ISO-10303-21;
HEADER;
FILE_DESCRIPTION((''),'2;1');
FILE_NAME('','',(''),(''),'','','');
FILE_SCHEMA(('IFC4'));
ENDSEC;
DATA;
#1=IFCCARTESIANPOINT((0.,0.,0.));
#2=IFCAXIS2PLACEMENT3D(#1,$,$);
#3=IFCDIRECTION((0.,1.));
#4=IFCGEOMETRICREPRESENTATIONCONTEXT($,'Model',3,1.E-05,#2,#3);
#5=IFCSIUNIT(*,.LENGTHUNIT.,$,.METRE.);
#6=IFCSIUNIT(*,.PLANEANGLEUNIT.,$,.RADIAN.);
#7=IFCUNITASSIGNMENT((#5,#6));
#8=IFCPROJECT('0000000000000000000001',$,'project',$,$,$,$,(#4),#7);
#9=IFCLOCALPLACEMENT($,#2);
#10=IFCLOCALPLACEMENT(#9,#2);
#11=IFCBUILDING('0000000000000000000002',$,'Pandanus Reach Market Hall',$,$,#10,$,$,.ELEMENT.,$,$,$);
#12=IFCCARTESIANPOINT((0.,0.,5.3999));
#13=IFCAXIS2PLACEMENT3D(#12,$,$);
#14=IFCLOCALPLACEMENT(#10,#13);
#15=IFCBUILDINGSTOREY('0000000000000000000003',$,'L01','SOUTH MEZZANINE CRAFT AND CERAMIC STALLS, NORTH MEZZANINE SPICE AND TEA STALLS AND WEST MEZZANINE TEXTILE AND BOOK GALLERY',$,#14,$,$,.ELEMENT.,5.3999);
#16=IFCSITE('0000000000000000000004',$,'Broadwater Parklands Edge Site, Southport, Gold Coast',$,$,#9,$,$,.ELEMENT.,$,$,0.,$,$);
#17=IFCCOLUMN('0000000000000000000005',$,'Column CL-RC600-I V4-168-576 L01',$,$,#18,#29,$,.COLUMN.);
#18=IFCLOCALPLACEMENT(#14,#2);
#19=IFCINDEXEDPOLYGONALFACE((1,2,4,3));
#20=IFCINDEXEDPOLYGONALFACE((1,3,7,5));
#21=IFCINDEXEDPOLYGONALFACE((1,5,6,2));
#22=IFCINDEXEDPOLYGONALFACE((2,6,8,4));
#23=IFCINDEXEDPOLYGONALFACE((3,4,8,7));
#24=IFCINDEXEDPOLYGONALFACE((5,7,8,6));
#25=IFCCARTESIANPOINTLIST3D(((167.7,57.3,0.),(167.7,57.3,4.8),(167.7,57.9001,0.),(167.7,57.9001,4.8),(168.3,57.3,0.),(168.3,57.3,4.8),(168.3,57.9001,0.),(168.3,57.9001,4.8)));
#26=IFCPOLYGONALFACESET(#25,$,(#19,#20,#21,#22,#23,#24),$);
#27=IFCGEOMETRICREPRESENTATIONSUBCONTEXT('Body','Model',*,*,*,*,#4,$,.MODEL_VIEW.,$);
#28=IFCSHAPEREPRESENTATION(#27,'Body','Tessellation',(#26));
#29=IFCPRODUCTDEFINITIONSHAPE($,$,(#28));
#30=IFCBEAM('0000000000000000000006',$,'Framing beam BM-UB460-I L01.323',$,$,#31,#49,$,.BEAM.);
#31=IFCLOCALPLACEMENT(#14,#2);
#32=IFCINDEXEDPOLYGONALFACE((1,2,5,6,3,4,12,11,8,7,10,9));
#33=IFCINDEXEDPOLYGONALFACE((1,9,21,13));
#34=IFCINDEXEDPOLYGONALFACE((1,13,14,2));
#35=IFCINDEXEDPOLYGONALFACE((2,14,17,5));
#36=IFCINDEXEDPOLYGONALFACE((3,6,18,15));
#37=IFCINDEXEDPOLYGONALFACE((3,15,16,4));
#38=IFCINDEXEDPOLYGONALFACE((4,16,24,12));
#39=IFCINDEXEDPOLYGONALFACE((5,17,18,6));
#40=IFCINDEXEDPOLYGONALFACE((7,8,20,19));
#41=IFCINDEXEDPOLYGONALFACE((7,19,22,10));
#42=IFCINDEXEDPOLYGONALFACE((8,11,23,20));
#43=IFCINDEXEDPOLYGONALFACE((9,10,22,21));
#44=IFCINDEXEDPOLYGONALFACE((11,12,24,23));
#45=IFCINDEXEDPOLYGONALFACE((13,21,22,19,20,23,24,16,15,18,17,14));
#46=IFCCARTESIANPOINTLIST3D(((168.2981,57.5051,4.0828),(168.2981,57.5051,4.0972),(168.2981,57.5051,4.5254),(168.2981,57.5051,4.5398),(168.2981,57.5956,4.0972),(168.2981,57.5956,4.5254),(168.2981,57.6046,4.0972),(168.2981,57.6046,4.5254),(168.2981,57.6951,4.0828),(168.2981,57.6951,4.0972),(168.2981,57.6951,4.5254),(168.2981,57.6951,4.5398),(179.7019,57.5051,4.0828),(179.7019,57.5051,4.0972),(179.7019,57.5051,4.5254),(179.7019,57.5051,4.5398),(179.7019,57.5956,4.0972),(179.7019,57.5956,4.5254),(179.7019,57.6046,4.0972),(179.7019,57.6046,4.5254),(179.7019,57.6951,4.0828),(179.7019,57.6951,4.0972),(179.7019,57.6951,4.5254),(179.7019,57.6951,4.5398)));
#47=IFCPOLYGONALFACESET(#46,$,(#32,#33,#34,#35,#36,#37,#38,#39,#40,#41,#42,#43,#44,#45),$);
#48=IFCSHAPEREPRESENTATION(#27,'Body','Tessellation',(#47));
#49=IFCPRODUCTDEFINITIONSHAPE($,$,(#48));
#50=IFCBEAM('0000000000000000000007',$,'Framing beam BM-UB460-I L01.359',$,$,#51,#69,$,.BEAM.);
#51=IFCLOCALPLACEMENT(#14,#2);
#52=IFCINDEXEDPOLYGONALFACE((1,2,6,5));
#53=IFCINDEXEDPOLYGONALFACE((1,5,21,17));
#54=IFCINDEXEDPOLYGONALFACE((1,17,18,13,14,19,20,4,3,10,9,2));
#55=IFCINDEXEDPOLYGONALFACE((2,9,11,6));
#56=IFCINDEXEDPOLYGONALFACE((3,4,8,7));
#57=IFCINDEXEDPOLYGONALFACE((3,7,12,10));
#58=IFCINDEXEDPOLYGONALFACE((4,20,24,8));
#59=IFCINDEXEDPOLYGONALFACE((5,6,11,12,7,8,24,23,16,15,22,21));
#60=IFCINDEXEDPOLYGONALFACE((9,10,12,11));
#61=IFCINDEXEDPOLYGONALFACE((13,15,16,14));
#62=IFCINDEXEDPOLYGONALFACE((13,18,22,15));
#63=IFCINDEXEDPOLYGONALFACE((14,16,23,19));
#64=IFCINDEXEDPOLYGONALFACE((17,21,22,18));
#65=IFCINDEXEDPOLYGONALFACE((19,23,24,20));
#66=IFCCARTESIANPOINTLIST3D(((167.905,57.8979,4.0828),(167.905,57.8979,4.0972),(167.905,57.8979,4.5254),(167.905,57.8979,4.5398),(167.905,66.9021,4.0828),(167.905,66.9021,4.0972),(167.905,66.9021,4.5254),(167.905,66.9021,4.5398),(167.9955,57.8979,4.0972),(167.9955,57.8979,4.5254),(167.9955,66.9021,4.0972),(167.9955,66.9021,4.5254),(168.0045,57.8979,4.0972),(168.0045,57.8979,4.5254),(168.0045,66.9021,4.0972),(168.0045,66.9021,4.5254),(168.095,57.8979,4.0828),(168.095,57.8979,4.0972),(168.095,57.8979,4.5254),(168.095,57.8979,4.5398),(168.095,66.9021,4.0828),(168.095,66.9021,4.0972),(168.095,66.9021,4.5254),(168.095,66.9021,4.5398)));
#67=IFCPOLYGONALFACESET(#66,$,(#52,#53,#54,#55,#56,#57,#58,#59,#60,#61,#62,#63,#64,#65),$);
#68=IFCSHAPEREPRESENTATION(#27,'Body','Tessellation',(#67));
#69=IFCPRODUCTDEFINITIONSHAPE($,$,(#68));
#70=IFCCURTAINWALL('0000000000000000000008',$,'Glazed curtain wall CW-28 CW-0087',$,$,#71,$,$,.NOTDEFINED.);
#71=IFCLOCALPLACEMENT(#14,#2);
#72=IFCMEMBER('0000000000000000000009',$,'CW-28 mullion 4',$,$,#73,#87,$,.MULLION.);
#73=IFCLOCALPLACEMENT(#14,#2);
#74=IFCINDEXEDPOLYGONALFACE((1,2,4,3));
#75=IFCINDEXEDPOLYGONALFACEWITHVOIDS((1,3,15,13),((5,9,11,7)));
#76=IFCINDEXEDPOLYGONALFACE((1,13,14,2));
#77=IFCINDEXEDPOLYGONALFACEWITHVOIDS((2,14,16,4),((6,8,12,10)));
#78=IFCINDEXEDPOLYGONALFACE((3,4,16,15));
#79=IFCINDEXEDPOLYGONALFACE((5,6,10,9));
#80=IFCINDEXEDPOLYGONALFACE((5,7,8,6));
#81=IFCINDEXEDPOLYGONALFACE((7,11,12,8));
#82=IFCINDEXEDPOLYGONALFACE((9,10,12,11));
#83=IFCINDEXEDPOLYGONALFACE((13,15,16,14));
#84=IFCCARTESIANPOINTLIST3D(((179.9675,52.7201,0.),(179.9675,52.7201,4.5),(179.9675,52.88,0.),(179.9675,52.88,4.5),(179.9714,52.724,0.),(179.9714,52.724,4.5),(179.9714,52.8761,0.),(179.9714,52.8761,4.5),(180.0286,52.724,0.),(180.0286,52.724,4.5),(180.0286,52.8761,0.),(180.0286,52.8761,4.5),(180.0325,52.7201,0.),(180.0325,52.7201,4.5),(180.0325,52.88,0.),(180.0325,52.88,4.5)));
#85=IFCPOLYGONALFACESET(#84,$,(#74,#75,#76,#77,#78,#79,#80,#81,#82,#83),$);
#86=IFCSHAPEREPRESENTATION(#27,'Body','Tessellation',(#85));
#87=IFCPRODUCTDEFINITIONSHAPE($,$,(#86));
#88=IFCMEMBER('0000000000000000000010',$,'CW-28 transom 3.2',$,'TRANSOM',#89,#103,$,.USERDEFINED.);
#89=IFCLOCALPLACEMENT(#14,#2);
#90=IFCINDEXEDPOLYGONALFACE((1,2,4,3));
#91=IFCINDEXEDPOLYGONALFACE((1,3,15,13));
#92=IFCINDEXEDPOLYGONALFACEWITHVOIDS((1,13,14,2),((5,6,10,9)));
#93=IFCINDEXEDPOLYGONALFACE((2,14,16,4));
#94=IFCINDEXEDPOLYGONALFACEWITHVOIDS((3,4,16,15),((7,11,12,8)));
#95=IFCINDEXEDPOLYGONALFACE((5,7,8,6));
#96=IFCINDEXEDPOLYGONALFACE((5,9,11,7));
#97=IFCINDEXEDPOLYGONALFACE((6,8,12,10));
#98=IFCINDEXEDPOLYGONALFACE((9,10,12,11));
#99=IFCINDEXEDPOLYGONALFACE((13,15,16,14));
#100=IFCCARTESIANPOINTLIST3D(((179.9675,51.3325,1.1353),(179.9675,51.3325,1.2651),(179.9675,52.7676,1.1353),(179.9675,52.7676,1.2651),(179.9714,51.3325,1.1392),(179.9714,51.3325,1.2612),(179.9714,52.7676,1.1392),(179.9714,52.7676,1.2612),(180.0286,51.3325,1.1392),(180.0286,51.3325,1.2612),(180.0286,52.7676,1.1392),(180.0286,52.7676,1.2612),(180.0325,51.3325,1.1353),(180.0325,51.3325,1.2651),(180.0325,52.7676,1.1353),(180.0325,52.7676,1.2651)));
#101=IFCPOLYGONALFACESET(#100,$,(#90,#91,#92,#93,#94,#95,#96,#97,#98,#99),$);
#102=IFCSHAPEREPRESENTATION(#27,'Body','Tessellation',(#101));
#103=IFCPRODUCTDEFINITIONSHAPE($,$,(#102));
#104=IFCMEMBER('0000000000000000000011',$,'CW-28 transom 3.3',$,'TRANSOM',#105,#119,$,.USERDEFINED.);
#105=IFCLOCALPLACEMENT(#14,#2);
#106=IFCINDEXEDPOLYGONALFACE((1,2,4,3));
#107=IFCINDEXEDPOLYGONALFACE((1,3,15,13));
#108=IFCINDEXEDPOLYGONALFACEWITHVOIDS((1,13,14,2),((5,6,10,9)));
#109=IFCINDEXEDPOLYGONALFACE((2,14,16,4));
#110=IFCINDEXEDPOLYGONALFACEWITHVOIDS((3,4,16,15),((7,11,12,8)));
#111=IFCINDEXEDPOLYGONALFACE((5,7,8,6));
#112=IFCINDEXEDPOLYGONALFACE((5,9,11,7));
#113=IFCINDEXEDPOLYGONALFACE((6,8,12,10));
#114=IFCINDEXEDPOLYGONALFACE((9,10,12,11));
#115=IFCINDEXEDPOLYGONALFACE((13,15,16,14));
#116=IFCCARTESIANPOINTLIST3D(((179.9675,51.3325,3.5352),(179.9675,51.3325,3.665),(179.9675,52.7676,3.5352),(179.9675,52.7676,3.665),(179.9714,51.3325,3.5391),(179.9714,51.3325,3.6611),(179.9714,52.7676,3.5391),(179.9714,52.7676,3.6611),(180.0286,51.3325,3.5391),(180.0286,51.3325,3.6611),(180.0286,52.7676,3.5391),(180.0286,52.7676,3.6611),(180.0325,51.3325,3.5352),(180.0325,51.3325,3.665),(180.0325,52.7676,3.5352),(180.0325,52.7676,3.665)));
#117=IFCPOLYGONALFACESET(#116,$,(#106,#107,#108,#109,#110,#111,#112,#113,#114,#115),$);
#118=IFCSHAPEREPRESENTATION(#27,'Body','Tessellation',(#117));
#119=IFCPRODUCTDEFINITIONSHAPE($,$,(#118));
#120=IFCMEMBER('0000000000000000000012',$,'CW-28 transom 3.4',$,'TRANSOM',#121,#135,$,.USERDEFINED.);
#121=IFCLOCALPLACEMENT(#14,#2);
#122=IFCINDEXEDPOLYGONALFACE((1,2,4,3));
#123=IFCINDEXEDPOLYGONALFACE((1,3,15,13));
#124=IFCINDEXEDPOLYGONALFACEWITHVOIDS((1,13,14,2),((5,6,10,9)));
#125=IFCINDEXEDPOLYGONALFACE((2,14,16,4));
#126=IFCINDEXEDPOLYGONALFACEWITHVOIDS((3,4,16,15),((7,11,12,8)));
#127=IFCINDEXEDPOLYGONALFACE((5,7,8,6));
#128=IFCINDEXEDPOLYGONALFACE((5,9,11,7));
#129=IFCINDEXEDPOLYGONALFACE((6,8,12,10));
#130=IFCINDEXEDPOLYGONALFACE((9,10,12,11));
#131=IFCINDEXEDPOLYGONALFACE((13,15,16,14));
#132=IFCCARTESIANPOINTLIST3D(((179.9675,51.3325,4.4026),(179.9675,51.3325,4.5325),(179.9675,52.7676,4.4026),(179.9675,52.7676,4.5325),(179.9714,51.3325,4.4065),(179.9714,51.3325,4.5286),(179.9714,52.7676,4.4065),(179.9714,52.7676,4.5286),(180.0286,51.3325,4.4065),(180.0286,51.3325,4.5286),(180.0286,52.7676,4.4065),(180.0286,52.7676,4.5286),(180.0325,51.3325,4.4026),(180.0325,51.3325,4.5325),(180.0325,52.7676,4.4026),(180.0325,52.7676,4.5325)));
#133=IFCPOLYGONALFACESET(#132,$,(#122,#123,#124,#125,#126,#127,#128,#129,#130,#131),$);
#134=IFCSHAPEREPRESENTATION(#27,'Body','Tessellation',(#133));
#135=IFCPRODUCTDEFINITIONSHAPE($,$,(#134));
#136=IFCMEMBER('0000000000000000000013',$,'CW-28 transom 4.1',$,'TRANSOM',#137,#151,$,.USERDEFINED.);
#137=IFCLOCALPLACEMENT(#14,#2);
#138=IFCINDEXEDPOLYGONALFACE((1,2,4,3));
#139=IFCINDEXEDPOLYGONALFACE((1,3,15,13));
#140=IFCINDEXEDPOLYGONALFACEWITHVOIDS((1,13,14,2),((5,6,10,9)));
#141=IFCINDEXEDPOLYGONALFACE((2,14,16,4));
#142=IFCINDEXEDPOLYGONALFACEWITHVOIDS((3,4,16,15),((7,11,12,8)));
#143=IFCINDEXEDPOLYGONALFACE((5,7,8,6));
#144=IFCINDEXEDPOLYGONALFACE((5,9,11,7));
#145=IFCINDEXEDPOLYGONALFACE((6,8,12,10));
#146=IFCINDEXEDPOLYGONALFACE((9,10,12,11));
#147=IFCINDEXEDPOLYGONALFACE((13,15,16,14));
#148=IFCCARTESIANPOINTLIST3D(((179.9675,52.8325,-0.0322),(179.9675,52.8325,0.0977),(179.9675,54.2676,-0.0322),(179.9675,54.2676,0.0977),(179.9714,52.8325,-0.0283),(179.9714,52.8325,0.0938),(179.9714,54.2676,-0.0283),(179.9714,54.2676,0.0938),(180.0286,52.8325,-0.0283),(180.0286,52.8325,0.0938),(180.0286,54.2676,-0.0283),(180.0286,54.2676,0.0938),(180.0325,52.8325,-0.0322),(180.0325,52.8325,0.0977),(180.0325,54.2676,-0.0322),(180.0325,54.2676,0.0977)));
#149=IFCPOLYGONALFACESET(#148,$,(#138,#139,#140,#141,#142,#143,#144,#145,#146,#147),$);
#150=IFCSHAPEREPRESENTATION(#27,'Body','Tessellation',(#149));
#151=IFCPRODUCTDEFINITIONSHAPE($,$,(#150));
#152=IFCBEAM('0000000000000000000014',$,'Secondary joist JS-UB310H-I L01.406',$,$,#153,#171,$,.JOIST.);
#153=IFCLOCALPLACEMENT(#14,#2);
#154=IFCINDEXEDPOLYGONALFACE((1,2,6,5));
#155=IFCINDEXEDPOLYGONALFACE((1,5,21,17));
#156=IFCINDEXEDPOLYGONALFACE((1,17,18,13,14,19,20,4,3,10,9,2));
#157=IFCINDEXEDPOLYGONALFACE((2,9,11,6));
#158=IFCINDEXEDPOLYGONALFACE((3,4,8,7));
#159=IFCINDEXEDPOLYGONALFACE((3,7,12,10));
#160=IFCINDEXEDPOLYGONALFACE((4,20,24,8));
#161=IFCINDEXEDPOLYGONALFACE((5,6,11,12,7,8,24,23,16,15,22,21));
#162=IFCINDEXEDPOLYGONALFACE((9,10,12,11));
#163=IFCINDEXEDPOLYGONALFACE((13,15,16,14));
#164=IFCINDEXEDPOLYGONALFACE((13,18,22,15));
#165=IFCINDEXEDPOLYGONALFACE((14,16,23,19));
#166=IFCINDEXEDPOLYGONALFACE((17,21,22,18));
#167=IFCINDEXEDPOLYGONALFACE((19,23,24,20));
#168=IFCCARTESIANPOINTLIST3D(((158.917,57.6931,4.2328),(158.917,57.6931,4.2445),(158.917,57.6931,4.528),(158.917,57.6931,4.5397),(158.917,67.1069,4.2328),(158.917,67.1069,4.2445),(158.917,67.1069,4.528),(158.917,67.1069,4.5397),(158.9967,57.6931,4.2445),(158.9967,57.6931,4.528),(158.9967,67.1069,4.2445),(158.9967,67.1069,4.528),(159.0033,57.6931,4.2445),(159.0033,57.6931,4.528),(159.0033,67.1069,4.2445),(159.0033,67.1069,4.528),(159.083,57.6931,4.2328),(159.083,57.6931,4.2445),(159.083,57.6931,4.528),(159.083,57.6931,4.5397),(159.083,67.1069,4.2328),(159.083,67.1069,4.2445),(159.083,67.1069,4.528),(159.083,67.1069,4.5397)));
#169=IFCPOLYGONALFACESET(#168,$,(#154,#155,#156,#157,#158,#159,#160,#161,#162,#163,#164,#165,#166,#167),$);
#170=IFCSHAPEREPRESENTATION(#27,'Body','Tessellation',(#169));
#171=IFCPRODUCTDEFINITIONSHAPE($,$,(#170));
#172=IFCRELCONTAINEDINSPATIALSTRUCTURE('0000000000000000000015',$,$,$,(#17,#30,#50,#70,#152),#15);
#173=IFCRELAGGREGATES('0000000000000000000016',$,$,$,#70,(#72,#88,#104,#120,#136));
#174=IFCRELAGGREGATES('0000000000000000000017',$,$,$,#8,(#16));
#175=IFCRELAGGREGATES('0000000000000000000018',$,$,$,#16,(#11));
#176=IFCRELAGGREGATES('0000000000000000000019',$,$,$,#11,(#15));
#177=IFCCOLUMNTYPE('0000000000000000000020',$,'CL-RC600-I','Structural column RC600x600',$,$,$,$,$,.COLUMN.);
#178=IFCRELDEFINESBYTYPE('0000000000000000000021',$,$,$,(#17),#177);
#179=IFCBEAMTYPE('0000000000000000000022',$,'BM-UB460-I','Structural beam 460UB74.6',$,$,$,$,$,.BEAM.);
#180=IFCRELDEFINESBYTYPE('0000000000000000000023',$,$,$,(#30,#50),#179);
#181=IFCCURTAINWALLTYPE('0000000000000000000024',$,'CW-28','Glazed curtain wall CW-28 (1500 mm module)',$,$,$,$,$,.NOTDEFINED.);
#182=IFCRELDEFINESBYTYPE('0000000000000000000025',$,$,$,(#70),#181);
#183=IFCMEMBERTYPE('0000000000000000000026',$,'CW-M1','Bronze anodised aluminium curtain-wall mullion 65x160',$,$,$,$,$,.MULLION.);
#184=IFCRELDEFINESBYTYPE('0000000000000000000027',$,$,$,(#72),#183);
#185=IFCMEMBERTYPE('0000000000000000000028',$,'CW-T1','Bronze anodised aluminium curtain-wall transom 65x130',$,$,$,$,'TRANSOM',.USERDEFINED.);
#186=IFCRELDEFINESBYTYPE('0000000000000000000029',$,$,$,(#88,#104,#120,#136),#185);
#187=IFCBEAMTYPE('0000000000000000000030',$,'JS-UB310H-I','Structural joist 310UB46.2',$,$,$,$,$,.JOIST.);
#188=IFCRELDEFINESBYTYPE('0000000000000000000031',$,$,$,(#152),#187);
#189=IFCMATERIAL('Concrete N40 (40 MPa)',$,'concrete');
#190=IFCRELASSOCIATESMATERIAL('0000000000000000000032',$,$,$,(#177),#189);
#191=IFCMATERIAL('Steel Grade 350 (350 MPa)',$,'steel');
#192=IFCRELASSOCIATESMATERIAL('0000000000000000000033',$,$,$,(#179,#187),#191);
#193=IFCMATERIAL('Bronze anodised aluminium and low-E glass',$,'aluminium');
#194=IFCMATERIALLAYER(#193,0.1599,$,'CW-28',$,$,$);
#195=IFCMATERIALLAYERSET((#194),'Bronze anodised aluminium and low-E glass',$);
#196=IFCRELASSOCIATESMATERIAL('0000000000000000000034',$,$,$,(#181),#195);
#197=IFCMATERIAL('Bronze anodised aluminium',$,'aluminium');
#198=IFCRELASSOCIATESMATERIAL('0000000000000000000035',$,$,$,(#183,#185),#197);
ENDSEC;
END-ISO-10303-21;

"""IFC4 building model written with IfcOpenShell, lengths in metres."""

from ifc_helpers import new_model, si_unit, direction, frame, origin, origin_2d, place, context, subcontext, project, spatial, rectangle, hollow_rectangle, i_section, extrude, material, layer, layer_set, material_profile, profile_set, type_object, element, aggregate, save


model = new_model("IFC4")

# Units and contexts
model_context = context("Model", 3, precision=1e-05, world=origin(), true_north=direction((0.0, 1.0)))
body_context = subcontext(model_context, "Body", "Model", "MODEL_VIEW")
ifc_project = project(units=[si_unit("LENGTHUNIT", "METRE"), si_unit("PLANEANGLEUNIT", "RADIAN")], contexts=[model_context])

# Site, building, storey
site_placement = place(None, origin())
site = spatial("IfcSite", under=ifc_project, at=site_placement, Name="Broadwater Parklands Edge Site, Southport, Gold Coast", CompositionType="ELEMENT", RefElevation=0.0)
building_placement = place(site_placement, origin())
building = spatial("IfcBuilding", under=site, at=building_placement, Name="Pandanus Reach Market Hall", CompositionType="ELEMENT")
storey_placement = place(building_placement, frame((0.0, 0.0, 5.3999)))
storey = spatial("IfcBuildingStorey", under=building, at=storey_placement, Name="L01", Description="SOUTH MEZZANINE CRAFT AND CERAMIC STALLS, NORTH MEZZANINE SPICE AND TEA STALLS AND WEST MEZZANINE TEXTILE AND BOOK GALLERY", CompositionType="ELEMENT", Elevation=5.3999)

# Column
ifc_material_1 = material(Name="Concrete N40 (40 MPa)", Category="concrete")
ifc_material_profile_1 = material_profile(ifc_material_1, rectangle(XDim=0.6001, YDim=0.6001, at=origin_2d()), Name="RC600x600", Category="LoadBearing")
ifc_profile_set_1 = profile_set([ifc_material_profile_1], Name="Concrete N40 (40 MPa)")
column_type = type_object("IfcColumnType", Name="CL-RC600-I", Description="Structural column RC600x600", PredefinedType="COLUMN", material=ifc_profile_set_1)
column_placement = place(storey_placement, frame((168.0, 57.6001, 0.0), z_axis=(0.0, 0.0, 1.0), x_axis=(1.0, 0.0, 0.0)))
element("IfcColumn", 1, at=column_placement, inside=storey, type_object=column_type, Name="Column CL-RC600-I V4-168-576 L01", PredefinedType="COLUMN", context=body_context, shape_type="SweptSolid", body=[
    extrude(rectangle(XDim=0.6001, YDim=0.6001, at=origin_2d()), origin(), (0.0, 0.0, 1.0), 4.8),
])

# Beams
ifc_material_2 = material(Name="Steel Grade 350 (350 MPa)", Category="steel")
ifc_material_profile_2 = material_profile(ifc_material_2, i_section(OverallWidth=0.1899, OverallDepth=0.457, WebThickness=0.009, FlangeThickness=0.0144, at=origin_2d()), Name="460UB74.6", Category="LoadBearing")
ifc_profile_set_2 = profile_set([ifc_material_profile_2], Name="Steel Grade 350 (350 MPa)")
beam_type_1 = type_object("IfcBeamType", Name="BM-UB460-I", Description="Structural beam 460UB74.6", PredefinedType="BEAM", material=ifc_profile_set_2)
beam_1_placement = place(storey_placement, frame((168.2981, 57.6001, 4.3113), z_axis=(1.0, 0.0, 0.0), x_axis=(0.0, 1.0, 0.0)))
element("IfcBeam", 2, at=beam_1_placement, inside=storey, type_object=beam_type_1, Name="Framing beam BM-UB460-I L01.323", PredefinedType="BEAM", context=body_context, shape_type="SweptSolid", body=[
    extrude(i_section(OverallWidth=0.1899, OverallDepth=0.457, WebThickness=0.009, FlangeThickness=0.0144, at=origin_2d()), origin(), (0.0, 0.0, 1.0), 11.4038),
])
beam_2_placement = place(storey_placement, frame((168.0, 57.8979, 4.3113), z_axis=(0.0, 1.0, 0.0), x_axis=(-1.0, 0.0, 0.0)))
element("IfcBeam", 3, at=beam_2_placement, inside=storey, type_object=beam_type_1, Name="Framing beam BM-UB460-I L01.359", PredefinedType="BEAM", context=body_context, shape_type="SweptSolid", body=[
    extrude(i_section(OverallWidth=0.1899, OverallDepth=0.457, WebThickness=0.009, FlangeThickness=0.0144, at=origin_2d()), origin(), (0.0, 0.0, 1.0), 9.0042),
])

# Curtain wall, members
ifc_material_3 = material(Name="Bronze anodised aluminium and low-E glass", Category="aluminium")
ifc_layer_1 = layer(ifc_material_3, 0.1599, Name="CW-28")
ifc_layer_set_1 = layer_set([ifc_layer_1], Name="Bronze anodised aluminium and low-E glass")
curtain_wall_type = type_object("IfcCurtainWallType", Name="CW-28", Description="Glazed curtain wall CW-28 (1500 mm module)", PredefinedType="NOTDEFINED", material=ifc_layer_set_1)
curtain_wall_placement = place(storey_placement, origin())
curtain_wall = element("IfcCurtainWall", 4, at=curtain_wall_placement, inside=storey, type_object=curtain_wall_type, Name="Glazed curtain wall CW-28 CW-0087", PredefinedType="NOTDEFINED")
ifc_material_4 = material(Name="Bronze anodised aluminium", Category="aluminium")
ifc_material_profile_3 = material_profile(ifc_material_4, hollow_rectangle(XDim=0.0649, YDim=0.1599, WallThickness=0.0039, at=origin_2d()), Name="ALU65x160", Category="LoadBearing")
ifc_profile_set_3 = profile_set([ifc_material_profile_3], Name="Bronze anodised aluminium")
member_type_1 = type_object("IfcMemberType", Name="CW-M1", Description="Bronze anodised aluminium curtain-wall mullion 65x160", PredefinedType="MULLION", material=ifc_profile_set_3)
member_1_placement = place(storey_placement, frame((180.0, 52.8, 0.0), z_axis=(0.0, 0.0, 1.0), x_axis=(-1.0, 0.0, 0.0)))
member_1 = element("IfcMember", 5, at=member_1_placement, type_object=member_type_1, Name="CW-28 mullion 4", PredefinedType="MULLION", context=body_context, shape_type="SweptSolid", body=[
    extrude(hollow_rectangle(XDim=0.0649, YDim=0.1599, WallThickness=0.0039, at=origin_2d()), origin(), (0.0, 0.0, 1.0), 4.5),
])
ifc_material_profile_4 = material_profile(ifc_material_4, hollow_rectangle(XDim=0.0649, YDim=0.1299, WallThickness=0.0039, at=origin_2d()), Name="ALU65x130", Category="LoadBearing")
ifc_profile_set_4 = profile_set([ifc_material_profile_4], Name="Bronze anodised aluminium")
member_type_2 = type_object("IfcMemberType", Name="CW-T1", Description="Bronze anodised aluminium curtain-wall transom 65x130", ElementType="TRANSOM", PredefinedType="USERDEFINED", material=ifc_profile_set_4)
member_2_placement = place(storey_placement, frame((180.0, 51.3325, 1.2002), z_axis=(0.0, 1.0, 0.0), x_axis=(-1.0, 0.0, 0.0)))
member_2 = element("IfcMember", 6, at=member_2_placement, type_object=member_type_2, Name="CW-28 transom 3.2", ObjectType="TRANSOM", PredefinedType="USERDEFINED", context=body_context, shape_type="SweptSolid", body=[
    extrude(hollow_rectangle(XDim=0.0649, YDim=0.1299, WallThickness=0.0039, at=origin_2d()), origin(), (0.0, 0.0, 1.0), 1.4351),
])
member_3_placement = place(storey_placement, frame((180.0, 51.3325, 3.6001), z_axis=(0.0, 1.0, 0.0), x_axis=(-1.0, 0.0, 0.0)))
member_3 = element("IfcMember", 7, at=member_3_placement, type_object=member_type_2, Name="CW-28 transom 3.3", ObjectType="TRANSOM", PredefinedType="USERDEFINED", context=body_context, shape_type="SweptSolid", body=[
    extrude(hollow_rectangle(XDim=0.0649, YDim=0.1299, WallThickness=0.0039, at=origin_2d()), origin(), (0.0, 0.0, 1.0), 1.4351),
])
member_4_placement = place(storey_placement, frame((180.0, 51.3325, 4.4675), z_axis=(0.0, 1.0, 0.0), x_axis=(-1.0, 0.0, 0.0)))
member_4 = element("IfcMember", 8, at=member_4_placement, type_object=member_type_2, Name="CW-28 transom 3.4", ObjectType="TRANSOM", PredefinedType="USERDEFINED", context=body_context, shape_type="SweptSolid", body=[
    extrude(hollow_rectangle(XDim=0.0649, YDim=0.1299, WallThickness=0.0039, at=origin_2d()), origin(), (0.0, 0.0, 1.0), 1.4351),
])
member_5_placement = place(storey_placement, frame((180.0, 52.8325, 0.0327), z_axis=(0.0, 1.0, 0.0), x_axis=(-1.0, 0.0, 0.0)))
member_5 = element("IfcMember", 9, at=member_5_placement, type_object=member_type_2, Name="CW-28 transom 4.1", ObjectType="TRANSOM", PredefinedType="USERDEFINED", context=body_context, shape_type="SweptSolid", body=[
    extrude(hollow_rectangle(XDim=0.0649, YDim=0.1299, WallThickness=0.0039, at=origin_2d()), origin(), (0.0, 0.0, 1.0), 1.4351),
])

# Beam
ifc_material_profile_5 = material_profile(ifc_material_2, i_section(OverallWidth=0.166, OverallDepth=0.3069, WebThickness=0.0066, FlangeThickness=0.0117, at=origin_2d()), Name="310UB46.2", Category="LoadBearing")
ifc_profile_set_5 = profile_set([ifc_material_profile_5], Name="Steel Grade 350 (350 MPa)")
beam_type_2 = type_object("IfcBeamType", Name="JS-UB310H-I", Description="Structural joist 310UB46.2", PredefinedType="JOIST", material=ifc_profile_set_5)
for number, where, z_axis, x_axis, name in (
    (10, (159.0, 57.6931, 4.3862), (0.0, 1.0, 0.0), (-1.0, 0.0, 0.0), "Secondary joist JS-UB310H-I L01.406"),
):
    element("IfcBeam", number, at=place(storey_placement, frame(where, z_axis=z_axis, x_axis=x_axis)), inside=storey, type_object=beam_type_2, Name=name, PredefinedType="JOIST", context=body_context, shape_type="SweptSolid", body=[
        extrude(i_section(OverallWidth=0.166, OverallDepth=0.3069, WebThickness=0.0066, FlangeThickness=0.0117, at=origin_2d()), origin(), (0.0, 0.0, 1.0), 9.4138),
    ])

aggregate(curtain_wall, [member_1, member_2, member_3, member_4, member_5])

save(model, "model.ifc")
